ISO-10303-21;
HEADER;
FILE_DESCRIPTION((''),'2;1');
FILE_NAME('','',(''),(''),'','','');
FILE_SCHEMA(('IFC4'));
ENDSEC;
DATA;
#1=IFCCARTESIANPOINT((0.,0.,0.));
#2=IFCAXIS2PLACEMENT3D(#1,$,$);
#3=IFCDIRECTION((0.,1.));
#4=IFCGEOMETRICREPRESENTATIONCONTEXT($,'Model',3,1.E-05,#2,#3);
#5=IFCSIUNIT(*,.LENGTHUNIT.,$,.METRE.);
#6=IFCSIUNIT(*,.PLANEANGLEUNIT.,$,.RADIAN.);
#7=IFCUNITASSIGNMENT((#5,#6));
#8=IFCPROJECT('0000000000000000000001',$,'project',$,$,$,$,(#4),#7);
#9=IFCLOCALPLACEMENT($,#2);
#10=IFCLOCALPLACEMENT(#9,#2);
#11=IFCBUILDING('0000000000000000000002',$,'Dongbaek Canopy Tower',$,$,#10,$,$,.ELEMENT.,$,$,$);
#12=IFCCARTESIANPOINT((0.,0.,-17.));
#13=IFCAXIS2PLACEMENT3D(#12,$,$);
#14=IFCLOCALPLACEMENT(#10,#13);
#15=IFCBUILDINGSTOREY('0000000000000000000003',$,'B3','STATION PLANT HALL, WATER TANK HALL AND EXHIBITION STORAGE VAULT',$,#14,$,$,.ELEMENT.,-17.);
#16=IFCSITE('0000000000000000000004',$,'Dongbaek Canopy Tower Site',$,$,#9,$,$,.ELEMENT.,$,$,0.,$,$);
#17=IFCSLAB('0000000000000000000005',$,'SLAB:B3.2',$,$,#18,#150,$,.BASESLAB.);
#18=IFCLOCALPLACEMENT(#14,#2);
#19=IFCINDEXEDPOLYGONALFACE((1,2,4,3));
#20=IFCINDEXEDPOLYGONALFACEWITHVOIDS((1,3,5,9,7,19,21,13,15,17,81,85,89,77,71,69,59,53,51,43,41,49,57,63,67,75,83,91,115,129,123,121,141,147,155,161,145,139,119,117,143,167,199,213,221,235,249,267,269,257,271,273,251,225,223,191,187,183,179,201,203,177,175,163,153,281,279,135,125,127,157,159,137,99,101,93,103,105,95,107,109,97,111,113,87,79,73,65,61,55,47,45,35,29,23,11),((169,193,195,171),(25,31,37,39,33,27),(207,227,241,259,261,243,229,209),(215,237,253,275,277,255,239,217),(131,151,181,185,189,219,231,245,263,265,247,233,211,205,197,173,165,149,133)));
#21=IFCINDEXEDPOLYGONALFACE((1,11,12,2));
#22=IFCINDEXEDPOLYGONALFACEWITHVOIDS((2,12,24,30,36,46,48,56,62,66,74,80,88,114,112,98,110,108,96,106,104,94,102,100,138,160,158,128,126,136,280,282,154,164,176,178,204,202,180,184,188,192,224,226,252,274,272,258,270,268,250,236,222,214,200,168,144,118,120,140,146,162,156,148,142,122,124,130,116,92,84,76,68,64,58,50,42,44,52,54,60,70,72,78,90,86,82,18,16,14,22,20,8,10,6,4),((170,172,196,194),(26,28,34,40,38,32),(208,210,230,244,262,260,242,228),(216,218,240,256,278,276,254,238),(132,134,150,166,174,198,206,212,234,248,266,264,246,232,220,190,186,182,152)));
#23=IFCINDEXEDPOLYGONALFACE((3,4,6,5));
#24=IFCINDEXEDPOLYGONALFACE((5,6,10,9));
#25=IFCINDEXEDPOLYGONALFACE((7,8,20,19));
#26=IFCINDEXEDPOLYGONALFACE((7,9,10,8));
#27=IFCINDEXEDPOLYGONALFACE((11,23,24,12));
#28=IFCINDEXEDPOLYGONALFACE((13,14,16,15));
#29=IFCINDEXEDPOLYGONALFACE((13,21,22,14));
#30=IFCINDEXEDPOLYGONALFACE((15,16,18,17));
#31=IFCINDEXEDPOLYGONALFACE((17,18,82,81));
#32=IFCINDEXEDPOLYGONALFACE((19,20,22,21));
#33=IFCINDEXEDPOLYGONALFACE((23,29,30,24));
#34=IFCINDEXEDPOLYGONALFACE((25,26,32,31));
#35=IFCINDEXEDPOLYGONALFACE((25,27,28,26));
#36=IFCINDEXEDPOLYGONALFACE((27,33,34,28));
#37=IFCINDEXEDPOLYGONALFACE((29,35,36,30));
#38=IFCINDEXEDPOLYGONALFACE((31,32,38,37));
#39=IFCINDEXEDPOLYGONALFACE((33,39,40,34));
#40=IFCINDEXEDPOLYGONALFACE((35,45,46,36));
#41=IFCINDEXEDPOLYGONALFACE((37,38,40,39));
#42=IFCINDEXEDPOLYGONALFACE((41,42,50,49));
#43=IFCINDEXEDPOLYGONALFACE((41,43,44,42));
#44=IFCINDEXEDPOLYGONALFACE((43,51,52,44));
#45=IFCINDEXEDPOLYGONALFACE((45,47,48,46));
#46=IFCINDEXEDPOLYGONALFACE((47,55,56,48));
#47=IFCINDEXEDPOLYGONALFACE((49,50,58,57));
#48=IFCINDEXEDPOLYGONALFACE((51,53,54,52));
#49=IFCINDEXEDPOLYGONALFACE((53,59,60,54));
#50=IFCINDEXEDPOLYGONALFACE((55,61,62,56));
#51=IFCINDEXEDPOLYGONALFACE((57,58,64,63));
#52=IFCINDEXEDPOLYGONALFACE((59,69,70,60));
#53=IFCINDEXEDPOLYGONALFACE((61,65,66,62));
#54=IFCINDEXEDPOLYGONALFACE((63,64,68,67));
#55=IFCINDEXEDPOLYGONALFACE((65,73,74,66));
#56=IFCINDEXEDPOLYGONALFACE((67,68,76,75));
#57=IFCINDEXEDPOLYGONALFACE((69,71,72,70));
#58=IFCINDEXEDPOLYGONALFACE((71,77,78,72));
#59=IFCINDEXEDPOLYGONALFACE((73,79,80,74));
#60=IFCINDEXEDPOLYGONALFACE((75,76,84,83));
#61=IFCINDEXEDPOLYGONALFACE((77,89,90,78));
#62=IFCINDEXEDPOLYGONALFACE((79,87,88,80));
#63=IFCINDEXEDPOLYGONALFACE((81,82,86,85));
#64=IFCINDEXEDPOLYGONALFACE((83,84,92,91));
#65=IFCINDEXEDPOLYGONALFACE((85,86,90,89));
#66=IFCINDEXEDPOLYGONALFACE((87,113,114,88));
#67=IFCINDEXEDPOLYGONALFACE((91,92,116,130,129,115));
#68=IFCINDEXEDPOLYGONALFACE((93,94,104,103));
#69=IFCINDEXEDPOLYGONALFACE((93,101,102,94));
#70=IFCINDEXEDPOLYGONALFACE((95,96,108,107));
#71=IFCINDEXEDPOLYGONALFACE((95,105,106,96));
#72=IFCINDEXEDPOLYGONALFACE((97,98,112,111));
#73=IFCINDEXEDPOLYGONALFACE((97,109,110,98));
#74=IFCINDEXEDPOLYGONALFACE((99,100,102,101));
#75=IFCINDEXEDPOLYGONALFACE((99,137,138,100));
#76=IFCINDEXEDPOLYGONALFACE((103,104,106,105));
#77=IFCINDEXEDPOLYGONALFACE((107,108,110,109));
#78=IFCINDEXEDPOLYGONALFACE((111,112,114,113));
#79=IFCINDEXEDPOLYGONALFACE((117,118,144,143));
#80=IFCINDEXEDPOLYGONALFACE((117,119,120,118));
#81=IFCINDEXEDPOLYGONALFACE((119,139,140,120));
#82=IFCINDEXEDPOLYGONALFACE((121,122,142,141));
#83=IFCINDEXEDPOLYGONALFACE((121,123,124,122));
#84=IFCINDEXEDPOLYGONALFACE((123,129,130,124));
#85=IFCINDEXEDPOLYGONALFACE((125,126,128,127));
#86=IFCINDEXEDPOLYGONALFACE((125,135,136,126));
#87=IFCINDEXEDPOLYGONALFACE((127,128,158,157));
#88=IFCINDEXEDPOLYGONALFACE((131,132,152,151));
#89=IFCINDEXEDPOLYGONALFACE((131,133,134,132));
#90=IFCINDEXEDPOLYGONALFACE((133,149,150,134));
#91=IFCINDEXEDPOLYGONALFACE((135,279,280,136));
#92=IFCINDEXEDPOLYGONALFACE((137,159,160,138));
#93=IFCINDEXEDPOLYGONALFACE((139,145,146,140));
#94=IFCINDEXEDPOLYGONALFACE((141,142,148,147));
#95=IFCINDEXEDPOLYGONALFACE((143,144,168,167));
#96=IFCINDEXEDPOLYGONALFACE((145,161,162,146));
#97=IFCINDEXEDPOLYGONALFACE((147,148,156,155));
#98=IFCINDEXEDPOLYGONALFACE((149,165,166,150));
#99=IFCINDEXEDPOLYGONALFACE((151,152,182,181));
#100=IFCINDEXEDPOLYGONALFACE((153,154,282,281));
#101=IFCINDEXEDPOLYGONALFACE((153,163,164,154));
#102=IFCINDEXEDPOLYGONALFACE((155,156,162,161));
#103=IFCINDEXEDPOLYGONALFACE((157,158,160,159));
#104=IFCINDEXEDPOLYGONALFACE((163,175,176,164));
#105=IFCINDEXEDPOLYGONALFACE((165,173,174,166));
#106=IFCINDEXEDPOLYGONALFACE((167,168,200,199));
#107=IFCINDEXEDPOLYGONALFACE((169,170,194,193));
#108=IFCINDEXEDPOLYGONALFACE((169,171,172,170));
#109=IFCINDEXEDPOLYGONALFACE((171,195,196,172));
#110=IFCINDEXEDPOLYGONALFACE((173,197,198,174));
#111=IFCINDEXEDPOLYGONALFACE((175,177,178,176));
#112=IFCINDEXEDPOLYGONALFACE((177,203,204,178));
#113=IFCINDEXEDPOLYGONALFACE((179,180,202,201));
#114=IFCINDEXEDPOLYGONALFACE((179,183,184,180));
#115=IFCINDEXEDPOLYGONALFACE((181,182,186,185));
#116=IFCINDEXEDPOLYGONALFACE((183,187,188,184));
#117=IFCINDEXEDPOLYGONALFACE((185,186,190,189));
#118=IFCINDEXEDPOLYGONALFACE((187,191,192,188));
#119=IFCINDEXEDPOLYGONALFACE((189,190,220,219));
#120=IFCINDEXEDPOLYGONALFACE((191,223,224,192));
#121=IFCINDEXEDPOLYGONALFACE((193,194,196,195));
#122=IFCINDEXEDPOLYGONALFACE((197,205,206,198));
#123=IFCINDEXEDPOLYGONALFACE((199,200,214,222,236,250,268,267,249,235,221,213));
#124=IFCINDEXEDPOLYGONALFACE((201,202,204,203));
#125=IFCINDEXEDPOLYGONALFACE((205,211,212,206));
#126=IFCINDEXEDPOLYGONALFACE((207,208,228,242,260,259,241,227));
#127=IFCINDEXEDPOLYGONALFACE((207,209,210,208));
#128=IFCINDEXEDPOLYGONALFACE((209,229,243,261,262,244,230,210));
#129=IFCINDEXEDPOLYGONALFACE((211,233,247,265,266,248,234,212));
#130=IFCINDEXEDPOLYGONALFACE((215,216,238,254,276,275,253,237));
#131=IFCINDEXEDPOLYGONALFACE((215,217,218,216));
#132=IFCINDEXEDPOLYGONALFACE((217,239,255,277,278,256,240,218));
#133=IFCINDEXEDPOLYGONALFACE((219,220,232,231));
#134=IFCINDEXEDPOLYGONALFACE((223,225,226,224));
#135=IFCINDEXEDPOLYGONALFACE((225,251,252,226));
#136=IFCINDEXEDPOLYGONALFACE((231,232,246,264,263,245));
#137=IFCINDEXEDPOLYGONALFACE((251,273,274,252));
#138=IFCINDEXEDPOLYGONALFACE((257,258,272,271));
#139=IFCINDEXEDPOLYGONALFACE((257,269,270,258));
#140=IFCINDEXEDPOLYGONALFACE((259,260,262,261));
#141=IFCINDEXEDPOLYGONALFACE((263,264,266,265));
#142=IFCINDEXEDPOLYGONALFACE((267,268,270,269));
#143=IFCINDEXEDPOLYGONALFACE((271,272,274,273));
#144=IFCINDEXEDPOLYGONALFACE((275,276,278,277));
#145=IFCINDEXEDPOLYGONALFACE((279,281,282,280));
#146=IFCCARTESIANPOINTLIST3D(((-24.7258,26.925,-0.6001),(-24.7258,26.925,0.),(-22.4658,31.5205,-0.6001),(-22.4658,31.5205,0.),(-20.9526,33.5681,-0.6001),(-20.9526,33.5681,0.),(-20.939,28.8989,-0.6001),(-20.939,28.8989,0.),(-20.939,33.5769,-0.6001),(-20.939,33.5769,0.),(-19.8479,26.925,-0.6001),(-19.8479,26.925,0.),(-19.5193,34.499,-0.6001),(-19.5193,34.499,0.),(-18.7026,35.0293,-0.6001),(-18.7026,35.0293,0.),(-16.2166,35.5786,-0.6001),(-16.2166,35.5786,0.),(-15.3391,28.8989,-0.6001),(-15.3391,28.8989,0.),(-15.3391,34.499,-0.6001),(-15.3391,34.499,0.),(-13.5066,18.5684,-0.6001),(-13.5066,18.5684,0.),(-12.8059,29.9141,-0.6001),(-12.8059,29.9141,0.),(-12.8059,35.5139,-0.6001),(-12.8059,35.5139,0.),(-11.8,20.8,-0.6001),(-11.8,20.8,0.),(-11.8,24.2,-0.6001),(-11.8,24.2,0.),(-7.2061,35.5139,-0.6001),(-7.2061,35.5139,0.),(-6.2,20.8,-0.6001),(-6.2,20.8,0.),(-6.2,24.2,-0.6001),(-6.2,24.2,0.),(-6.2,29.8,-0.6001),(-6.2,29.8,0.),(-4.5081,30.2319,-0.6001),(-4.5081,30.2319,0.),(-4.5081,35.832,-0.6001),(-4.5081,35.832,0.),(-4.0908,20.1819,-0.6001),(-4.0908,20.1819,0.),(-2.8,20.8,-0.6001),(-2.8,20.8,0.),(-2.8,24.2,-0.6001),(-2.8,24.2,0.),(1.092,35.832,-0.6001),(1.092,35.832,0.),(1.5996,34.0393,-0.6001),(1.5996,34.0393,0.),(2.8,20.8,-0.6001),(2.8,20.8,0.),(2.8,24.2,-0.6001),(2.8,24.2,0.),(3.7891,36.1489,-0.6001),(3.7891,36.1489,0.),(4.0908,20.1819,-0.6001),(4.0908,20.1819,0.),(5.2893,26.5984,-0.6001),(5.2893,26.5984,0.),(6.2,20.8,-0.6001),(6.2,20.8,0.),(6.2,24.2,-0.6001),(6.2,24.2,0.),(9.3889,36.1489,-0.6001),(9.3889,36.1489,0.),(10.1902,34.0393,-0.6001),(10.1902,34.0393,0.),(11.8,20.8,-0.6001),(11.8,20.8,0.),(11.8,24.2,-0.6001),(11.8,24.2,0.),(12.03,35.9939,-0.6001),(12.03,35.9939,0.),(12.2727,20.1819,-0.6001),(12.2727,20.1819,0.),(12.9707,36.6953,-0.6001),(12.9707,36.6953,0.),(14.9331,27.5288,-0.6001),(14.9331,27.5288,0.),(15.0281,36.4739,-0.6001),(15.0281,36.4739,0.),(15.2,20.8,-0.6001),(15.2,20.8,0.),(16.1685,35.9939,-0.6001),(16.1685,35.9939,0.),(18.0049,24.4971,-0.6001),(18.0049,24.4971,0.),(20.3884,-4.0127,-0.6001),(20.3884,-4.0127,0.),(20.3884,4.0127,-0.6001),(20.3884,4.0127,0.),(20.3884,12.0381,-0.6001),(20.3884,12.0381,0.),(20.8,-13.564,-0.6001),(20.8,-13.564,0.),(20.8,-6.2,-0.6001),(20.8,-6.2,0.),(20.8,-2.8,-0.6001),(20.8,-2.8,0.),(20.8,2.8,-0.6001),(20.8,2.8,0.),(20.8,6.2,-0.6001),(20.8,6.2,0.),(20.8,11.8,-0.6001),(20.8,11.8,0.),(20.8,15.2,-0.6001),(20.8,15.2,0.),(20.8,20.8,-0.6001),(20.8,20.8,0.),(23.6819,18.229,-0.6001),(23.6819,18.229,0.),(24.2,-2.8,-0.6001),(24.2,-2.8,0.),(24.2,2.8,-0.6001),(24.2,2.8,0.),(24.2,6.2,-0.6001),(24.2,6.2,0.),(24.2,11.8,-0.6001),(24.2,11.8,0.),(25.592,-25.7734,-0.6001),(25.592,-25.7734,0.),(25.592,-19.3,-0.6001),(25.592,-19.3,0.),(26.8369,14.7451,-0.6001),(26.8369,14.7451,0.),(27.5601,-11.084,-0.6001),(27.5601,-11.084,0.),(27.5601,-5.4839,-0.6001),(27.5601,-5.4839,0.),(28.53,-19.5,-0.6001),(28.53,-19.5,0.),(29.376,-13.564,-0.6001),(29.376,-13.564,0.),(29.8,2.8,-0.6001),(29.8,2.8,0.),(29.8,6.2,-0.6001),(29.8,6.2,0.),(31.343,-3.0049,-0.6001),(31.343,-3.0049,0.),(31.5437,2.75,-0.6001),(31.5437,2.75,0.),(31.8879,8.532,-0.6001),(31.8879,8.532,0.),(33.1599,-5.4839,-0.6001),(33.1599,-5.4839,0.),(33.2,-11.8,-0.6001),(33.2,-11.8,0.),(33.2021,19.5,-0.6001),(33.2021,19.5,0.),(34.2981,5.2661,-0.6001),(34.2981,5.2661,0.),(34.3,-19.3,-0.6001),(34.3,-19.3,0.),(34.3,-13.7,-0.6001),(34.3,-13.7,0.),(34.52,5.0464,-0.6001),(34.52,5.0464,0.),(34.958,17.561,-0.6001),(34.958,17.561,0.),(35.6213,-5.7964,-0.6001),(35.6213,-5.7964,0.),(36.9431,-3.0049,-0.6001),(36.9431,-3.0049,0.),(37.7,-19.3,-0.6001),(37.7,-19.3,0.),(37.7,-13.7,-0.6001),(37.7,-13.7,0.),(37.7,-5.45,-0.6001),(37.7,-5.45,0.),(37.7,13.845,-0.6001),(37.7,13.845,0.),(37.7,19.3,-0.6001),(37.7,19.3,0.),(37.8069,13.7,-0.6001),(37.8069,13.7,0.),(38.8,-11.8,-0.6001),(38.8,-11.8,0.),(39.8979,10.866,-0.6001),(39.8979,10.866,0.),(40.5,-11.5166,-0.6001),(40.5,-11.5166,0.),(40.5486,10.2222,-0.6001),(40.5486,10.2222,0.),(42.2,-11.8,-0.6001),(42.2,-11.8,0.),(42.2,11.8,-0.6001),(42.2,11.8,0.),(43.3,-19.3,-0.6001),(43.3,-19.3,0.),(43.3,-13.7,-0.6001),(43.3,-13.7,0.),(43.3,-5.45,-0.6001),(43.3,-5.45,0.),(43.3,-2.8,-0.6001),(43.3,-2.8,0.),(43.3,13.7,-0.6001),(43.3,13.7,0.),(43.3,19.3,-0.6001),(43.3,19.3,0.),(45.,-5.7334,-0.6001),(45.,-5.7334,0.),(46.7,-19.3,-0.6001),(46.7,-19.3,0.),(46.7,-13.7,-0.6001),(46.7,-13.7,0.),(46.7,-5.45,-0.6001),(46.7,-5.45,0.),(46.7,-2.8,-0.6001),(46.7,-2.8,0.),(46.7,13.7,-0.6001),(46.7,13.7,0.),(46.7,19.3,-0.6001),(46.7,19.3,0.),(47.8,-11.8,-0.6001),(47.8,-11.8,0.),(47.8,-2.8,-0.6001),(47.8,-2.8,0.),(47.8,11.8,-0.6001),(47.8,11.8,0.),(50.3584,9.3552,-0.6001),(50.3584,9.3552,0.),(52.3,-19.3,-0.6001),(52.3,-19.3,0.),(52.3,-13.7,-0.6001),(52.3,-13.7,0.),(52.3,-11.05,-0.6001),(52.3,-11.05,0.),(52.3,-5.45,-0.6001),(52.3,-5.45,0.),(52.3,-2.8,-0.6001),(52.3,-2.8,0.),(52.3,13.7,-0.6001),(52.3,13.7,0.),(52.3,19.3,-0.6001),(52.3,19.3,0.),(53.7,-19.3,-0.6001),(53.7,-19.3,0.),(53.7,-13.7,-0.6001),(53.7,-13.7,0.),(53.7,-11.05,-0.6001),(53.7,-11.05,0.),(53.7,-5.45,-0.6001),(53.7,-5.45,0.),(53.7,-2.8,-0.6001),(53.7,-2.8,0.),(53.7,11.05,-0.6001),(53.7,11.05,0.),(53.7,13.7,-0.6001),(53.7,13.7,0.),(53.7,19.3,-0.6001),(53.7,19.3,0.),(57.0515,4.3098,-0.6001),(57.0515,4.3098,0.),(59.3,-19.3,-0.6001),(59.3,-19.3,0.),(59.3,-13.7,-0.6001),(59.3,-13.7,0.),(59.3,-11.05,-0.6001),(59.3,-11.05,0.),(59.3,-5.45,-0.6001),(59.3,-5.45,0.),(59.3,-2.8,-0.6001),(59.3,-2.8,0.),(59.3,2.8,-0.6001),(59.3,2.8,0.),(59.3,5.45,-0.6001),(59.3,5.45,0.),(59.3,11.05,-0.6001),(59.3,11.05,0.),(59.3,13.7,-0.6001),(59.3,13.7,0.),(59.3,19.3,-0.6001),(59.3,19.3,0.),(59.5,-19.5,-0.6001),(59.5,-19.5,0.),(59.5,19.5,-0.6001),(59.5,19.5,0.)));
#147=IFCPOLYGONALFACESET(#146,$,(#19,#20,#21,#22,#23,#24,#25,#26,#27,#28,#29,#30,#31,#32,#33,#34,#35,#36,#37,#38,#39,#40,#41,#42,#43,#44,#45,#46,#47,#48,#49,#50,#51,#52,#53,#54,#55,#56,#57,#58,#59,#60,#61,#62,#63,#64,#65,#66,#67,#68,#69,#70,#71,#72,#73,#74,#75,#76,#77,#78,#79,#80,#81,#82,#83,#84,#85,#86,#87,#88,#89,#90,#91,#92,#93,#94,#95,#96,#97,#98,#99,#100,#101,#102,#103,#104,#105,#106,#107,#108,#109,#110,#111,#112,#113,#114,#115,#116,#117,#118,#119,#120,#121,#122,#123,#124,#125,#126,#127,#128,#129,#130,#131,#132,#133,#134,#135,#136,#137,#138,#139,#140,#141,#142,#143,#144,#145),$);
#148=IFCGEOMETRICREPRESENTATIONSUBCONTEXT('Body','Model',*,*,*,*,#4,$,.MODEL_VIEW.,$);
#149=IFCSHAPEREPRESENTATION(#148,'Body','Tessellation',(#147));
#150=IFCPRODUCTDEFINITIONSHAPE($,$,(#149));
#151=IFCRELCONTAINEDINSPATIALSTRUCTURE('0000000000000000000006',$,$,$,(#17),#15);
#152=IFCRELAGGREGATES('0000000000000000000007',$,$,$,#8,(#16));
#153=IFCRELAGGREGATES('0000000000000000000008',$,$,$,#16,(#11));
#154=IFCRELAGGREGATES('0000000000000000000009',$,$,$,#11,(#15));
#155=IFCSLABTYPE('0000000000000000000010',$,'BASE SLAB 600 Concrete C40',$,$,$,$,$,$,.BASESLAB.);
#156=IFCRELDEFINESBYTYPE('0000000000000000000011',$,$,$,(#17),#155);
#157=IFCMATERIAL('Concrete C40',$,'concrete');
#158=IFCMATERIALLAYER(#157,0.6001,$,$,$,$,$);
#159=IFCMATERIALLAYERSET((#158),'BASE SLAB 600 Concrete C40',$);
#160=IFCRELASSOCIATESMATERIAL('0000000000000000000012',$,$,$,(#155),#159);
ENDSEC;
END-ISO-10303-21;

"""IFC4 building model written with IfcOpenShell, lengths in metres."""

from ifc_helpers import new_model, si_unit, direction, frame, origin, place, context, subcontext, project, spatial, polyline, outline, extrude, material, layer, layer_set, type_object, element, save


model = new_model("IFC4")

# Units and contexts
model_context = context("Model", 3, precision=1e-05, world=origin(), true_north=direction((0.0, 1.0)))
body_context = subcontext(model_context, "Body", "Model", "MODEL_VIEW")
ifc_project = project(units=[si_unit("LENGTHUNIT", "METRE"), si_unit("PLANEANGLEUNIT", "RADIAN")], contexts=[model_context])

# Site, building, storey
site_placement = place(None, origin())
site = spatial("IfcSite", under=ifc_project, at=site_placement, Name="Dongbaek Canopy Tower Site", CompositionType="ELEMENT", RefElevation=0.0)
building_placement = place(site_placement, origin())
building = spatial("IfcBuilding", under=site, at=building_placement, Name="Dongbaek Canopy Tower", CompositionType="ELEMENT")
storey_placement = place(building_placement, frame((0.0, 0.0, -17.0)))
storey = spatial("IfcBuildingStorey", under=building, at=storey_placement, Name="B3", Description="STATION PLANT HALL, WATER TANK HALL AND EXHIBITION STORAGE VAULT", CompositionType="ELEMENT", Elevation=-17.0)

# Slab
ifc_material_1 = material(Name="Concrete C40", Category="concrete")
ifc_layer_1 = layer(ifc_material_1, 0.6001)
ifc_layer_set_1 = layer_set([ifc_layer_1], Name="BASE SLAB 600 Concrete C40")
slab_type_1 = type_object("IfcSlabType", Name="BASE SLAB 600 Concrete C40", PredefinedType="BASESLAB", material=ifc_layer_set_1)
slab_1_placement = place(storey_placement, frame((0.0, 0.0, -0.6001)))
element("IfcSlab", 1, at=slab_1_placement, inside=storey, type_object=slab_type_1, Name="SLAB:B3.2", PredefinedType="BASESLAB", context=body_context, shape_type="SweptSolid", body=[
    extrude(outline(polyline([(59.5, 19.5), (59.5, -19.5), (28.53, -19.5), (25.592, -25.7734), (25.592, -19.3), (34.3, -19.3), (34.3, -13.7), (29.376, -13.564), (20.8, -13.564), (20.8, -6.2), (20.3884, -4.0127), (20.8, -2.8), (20.8, 2.8), (20.3884, 4.0127), (20.8, 6.2), (20.8, 11.8), (20.3884, 12.0381), (20.8, 15.2), (20.8, 20.8), (15.2, 20.8), (12.2727, 20.1819), (11.8, 20.8), (6.2, 20.8), (4.0908, 20.1819), (2.8, 20.8), (-2.8, 20.8), (-4.0908, 20.1819), (-6.2, 20.8), (-11.8, 20.8), (-13.5066, 18.5684), (-19.8479, 26.925), (-24.7258, 26.925), (-22.4658, 31.5205), (-20.9526, 33.5681), (-20.939, 33.5769), (-20.939, 28.8989), (-15.3391, 28.8989), (-15.3391, 34.499), (-19.5193, 34.499), (-18.7026, 35.0293), (-16.2166, 35.5786), (12.9707, 36.6953), (15.0281, 36.4739), (16.1685, 35.9939), (12.03, 35.9939), (10.1902, 34.0393), (9.3889, 36.1489), (3.7891, 36.1489), (1.5996, 34.0393), (1.092, 35.832), (-4.5081, 35.832), (-4.5081, 30.2319), (-2.8, 24.2), (2.8, 24.2), (5.2893, 26.5984), (6.2, 24.2), (11.8, 24.2), (14.9331, 27.5288), (18.0049, 24.4971), (23.6819, 18.229), (26.8369, 14.7451), (24.2, 11.8), (24.2, 6.2), (29.8, 6.2), (31.8879, 8.532), (34.2981, 5.2661), (34.52, 5.0464), (31.5437, 2.75), (29.8, 2.8), (24.2, 2.8), (24.2, -2.8), (31.343, -3.0049), (36.9431, -3.0049), (43.3, -2.8), (46.7, -2.8), (47.8, -2.8), (52.3, -2.8), (53.7, -2.8), (59.3, -2.8), (59.3, 2.8), (57.0515, 4.3098), (59.3, 5.45), (59.3, 11.05), (53.7, 11.05), (50.3584, 9.3552), (47.8, 11.8), (42.2, 11.8), (40.5486, 10.2222), (39.8979, 10.866), (37.8069, 13.7), (43.3, 13.7), (43.3, 19.3), (37.7, 19.3), (37.7, 13.845), (34.958, 17.561), (33.2021, 19.5), (59.5, 19.5)]), holes=[polyline([(43.3, -19.3), (43.3, -13.7), (37.7, -13.7), (37.7, -19.3), (43.3, -19.3)]), polyline([(53.7, -19.3), (59.3, -19.3), (59.3, -13.7), (53.7, -13.7), (52.3, -13.7), (46.7, -13.7), (46.7, -19.3), (52.3, -19.3), (53.7, -19.3)]), polyline([(37.7, -5.45), (35.6213, -5.7964), (33.1599, -5.4839), (27.5601, -5.4839), (27.5601, -11.084), (33.2, -11.8), (38.8, -11.8), (40.5, -11.5166), (42.2, -11.8), (47.8, -11.8), (52.3, -11.05), (53.7, -11.05), (59.3, -11.05), (59.3, -5.45), (53.7, -5.45), (52.3, -5.45), (46.7, -5.45), (45.0, -5.7334), (43.3, -5.45), (37.7, -5.45)]), polyline([(53.7, 13.7), (59.3, 13.7), (59.3, 19.3), (53.7, 19.3), (52.3, 19.3), (46.7, 19.3), (46.7, 13.7), (52.3, 13.7), (53.7, 13.7)]), polyline([(-7.2061, 35.5139), (-12.8059, 35.5139), (-12.8059, 29.9141), (-11.8, 24.2), (-6.2, 24.2), (-6.2, 29.8), (-7.2061, 35.5139)])]), origin(), (0.0, 0.0, 1.0), 0.6001),
])

save(model, "model.ifc")
